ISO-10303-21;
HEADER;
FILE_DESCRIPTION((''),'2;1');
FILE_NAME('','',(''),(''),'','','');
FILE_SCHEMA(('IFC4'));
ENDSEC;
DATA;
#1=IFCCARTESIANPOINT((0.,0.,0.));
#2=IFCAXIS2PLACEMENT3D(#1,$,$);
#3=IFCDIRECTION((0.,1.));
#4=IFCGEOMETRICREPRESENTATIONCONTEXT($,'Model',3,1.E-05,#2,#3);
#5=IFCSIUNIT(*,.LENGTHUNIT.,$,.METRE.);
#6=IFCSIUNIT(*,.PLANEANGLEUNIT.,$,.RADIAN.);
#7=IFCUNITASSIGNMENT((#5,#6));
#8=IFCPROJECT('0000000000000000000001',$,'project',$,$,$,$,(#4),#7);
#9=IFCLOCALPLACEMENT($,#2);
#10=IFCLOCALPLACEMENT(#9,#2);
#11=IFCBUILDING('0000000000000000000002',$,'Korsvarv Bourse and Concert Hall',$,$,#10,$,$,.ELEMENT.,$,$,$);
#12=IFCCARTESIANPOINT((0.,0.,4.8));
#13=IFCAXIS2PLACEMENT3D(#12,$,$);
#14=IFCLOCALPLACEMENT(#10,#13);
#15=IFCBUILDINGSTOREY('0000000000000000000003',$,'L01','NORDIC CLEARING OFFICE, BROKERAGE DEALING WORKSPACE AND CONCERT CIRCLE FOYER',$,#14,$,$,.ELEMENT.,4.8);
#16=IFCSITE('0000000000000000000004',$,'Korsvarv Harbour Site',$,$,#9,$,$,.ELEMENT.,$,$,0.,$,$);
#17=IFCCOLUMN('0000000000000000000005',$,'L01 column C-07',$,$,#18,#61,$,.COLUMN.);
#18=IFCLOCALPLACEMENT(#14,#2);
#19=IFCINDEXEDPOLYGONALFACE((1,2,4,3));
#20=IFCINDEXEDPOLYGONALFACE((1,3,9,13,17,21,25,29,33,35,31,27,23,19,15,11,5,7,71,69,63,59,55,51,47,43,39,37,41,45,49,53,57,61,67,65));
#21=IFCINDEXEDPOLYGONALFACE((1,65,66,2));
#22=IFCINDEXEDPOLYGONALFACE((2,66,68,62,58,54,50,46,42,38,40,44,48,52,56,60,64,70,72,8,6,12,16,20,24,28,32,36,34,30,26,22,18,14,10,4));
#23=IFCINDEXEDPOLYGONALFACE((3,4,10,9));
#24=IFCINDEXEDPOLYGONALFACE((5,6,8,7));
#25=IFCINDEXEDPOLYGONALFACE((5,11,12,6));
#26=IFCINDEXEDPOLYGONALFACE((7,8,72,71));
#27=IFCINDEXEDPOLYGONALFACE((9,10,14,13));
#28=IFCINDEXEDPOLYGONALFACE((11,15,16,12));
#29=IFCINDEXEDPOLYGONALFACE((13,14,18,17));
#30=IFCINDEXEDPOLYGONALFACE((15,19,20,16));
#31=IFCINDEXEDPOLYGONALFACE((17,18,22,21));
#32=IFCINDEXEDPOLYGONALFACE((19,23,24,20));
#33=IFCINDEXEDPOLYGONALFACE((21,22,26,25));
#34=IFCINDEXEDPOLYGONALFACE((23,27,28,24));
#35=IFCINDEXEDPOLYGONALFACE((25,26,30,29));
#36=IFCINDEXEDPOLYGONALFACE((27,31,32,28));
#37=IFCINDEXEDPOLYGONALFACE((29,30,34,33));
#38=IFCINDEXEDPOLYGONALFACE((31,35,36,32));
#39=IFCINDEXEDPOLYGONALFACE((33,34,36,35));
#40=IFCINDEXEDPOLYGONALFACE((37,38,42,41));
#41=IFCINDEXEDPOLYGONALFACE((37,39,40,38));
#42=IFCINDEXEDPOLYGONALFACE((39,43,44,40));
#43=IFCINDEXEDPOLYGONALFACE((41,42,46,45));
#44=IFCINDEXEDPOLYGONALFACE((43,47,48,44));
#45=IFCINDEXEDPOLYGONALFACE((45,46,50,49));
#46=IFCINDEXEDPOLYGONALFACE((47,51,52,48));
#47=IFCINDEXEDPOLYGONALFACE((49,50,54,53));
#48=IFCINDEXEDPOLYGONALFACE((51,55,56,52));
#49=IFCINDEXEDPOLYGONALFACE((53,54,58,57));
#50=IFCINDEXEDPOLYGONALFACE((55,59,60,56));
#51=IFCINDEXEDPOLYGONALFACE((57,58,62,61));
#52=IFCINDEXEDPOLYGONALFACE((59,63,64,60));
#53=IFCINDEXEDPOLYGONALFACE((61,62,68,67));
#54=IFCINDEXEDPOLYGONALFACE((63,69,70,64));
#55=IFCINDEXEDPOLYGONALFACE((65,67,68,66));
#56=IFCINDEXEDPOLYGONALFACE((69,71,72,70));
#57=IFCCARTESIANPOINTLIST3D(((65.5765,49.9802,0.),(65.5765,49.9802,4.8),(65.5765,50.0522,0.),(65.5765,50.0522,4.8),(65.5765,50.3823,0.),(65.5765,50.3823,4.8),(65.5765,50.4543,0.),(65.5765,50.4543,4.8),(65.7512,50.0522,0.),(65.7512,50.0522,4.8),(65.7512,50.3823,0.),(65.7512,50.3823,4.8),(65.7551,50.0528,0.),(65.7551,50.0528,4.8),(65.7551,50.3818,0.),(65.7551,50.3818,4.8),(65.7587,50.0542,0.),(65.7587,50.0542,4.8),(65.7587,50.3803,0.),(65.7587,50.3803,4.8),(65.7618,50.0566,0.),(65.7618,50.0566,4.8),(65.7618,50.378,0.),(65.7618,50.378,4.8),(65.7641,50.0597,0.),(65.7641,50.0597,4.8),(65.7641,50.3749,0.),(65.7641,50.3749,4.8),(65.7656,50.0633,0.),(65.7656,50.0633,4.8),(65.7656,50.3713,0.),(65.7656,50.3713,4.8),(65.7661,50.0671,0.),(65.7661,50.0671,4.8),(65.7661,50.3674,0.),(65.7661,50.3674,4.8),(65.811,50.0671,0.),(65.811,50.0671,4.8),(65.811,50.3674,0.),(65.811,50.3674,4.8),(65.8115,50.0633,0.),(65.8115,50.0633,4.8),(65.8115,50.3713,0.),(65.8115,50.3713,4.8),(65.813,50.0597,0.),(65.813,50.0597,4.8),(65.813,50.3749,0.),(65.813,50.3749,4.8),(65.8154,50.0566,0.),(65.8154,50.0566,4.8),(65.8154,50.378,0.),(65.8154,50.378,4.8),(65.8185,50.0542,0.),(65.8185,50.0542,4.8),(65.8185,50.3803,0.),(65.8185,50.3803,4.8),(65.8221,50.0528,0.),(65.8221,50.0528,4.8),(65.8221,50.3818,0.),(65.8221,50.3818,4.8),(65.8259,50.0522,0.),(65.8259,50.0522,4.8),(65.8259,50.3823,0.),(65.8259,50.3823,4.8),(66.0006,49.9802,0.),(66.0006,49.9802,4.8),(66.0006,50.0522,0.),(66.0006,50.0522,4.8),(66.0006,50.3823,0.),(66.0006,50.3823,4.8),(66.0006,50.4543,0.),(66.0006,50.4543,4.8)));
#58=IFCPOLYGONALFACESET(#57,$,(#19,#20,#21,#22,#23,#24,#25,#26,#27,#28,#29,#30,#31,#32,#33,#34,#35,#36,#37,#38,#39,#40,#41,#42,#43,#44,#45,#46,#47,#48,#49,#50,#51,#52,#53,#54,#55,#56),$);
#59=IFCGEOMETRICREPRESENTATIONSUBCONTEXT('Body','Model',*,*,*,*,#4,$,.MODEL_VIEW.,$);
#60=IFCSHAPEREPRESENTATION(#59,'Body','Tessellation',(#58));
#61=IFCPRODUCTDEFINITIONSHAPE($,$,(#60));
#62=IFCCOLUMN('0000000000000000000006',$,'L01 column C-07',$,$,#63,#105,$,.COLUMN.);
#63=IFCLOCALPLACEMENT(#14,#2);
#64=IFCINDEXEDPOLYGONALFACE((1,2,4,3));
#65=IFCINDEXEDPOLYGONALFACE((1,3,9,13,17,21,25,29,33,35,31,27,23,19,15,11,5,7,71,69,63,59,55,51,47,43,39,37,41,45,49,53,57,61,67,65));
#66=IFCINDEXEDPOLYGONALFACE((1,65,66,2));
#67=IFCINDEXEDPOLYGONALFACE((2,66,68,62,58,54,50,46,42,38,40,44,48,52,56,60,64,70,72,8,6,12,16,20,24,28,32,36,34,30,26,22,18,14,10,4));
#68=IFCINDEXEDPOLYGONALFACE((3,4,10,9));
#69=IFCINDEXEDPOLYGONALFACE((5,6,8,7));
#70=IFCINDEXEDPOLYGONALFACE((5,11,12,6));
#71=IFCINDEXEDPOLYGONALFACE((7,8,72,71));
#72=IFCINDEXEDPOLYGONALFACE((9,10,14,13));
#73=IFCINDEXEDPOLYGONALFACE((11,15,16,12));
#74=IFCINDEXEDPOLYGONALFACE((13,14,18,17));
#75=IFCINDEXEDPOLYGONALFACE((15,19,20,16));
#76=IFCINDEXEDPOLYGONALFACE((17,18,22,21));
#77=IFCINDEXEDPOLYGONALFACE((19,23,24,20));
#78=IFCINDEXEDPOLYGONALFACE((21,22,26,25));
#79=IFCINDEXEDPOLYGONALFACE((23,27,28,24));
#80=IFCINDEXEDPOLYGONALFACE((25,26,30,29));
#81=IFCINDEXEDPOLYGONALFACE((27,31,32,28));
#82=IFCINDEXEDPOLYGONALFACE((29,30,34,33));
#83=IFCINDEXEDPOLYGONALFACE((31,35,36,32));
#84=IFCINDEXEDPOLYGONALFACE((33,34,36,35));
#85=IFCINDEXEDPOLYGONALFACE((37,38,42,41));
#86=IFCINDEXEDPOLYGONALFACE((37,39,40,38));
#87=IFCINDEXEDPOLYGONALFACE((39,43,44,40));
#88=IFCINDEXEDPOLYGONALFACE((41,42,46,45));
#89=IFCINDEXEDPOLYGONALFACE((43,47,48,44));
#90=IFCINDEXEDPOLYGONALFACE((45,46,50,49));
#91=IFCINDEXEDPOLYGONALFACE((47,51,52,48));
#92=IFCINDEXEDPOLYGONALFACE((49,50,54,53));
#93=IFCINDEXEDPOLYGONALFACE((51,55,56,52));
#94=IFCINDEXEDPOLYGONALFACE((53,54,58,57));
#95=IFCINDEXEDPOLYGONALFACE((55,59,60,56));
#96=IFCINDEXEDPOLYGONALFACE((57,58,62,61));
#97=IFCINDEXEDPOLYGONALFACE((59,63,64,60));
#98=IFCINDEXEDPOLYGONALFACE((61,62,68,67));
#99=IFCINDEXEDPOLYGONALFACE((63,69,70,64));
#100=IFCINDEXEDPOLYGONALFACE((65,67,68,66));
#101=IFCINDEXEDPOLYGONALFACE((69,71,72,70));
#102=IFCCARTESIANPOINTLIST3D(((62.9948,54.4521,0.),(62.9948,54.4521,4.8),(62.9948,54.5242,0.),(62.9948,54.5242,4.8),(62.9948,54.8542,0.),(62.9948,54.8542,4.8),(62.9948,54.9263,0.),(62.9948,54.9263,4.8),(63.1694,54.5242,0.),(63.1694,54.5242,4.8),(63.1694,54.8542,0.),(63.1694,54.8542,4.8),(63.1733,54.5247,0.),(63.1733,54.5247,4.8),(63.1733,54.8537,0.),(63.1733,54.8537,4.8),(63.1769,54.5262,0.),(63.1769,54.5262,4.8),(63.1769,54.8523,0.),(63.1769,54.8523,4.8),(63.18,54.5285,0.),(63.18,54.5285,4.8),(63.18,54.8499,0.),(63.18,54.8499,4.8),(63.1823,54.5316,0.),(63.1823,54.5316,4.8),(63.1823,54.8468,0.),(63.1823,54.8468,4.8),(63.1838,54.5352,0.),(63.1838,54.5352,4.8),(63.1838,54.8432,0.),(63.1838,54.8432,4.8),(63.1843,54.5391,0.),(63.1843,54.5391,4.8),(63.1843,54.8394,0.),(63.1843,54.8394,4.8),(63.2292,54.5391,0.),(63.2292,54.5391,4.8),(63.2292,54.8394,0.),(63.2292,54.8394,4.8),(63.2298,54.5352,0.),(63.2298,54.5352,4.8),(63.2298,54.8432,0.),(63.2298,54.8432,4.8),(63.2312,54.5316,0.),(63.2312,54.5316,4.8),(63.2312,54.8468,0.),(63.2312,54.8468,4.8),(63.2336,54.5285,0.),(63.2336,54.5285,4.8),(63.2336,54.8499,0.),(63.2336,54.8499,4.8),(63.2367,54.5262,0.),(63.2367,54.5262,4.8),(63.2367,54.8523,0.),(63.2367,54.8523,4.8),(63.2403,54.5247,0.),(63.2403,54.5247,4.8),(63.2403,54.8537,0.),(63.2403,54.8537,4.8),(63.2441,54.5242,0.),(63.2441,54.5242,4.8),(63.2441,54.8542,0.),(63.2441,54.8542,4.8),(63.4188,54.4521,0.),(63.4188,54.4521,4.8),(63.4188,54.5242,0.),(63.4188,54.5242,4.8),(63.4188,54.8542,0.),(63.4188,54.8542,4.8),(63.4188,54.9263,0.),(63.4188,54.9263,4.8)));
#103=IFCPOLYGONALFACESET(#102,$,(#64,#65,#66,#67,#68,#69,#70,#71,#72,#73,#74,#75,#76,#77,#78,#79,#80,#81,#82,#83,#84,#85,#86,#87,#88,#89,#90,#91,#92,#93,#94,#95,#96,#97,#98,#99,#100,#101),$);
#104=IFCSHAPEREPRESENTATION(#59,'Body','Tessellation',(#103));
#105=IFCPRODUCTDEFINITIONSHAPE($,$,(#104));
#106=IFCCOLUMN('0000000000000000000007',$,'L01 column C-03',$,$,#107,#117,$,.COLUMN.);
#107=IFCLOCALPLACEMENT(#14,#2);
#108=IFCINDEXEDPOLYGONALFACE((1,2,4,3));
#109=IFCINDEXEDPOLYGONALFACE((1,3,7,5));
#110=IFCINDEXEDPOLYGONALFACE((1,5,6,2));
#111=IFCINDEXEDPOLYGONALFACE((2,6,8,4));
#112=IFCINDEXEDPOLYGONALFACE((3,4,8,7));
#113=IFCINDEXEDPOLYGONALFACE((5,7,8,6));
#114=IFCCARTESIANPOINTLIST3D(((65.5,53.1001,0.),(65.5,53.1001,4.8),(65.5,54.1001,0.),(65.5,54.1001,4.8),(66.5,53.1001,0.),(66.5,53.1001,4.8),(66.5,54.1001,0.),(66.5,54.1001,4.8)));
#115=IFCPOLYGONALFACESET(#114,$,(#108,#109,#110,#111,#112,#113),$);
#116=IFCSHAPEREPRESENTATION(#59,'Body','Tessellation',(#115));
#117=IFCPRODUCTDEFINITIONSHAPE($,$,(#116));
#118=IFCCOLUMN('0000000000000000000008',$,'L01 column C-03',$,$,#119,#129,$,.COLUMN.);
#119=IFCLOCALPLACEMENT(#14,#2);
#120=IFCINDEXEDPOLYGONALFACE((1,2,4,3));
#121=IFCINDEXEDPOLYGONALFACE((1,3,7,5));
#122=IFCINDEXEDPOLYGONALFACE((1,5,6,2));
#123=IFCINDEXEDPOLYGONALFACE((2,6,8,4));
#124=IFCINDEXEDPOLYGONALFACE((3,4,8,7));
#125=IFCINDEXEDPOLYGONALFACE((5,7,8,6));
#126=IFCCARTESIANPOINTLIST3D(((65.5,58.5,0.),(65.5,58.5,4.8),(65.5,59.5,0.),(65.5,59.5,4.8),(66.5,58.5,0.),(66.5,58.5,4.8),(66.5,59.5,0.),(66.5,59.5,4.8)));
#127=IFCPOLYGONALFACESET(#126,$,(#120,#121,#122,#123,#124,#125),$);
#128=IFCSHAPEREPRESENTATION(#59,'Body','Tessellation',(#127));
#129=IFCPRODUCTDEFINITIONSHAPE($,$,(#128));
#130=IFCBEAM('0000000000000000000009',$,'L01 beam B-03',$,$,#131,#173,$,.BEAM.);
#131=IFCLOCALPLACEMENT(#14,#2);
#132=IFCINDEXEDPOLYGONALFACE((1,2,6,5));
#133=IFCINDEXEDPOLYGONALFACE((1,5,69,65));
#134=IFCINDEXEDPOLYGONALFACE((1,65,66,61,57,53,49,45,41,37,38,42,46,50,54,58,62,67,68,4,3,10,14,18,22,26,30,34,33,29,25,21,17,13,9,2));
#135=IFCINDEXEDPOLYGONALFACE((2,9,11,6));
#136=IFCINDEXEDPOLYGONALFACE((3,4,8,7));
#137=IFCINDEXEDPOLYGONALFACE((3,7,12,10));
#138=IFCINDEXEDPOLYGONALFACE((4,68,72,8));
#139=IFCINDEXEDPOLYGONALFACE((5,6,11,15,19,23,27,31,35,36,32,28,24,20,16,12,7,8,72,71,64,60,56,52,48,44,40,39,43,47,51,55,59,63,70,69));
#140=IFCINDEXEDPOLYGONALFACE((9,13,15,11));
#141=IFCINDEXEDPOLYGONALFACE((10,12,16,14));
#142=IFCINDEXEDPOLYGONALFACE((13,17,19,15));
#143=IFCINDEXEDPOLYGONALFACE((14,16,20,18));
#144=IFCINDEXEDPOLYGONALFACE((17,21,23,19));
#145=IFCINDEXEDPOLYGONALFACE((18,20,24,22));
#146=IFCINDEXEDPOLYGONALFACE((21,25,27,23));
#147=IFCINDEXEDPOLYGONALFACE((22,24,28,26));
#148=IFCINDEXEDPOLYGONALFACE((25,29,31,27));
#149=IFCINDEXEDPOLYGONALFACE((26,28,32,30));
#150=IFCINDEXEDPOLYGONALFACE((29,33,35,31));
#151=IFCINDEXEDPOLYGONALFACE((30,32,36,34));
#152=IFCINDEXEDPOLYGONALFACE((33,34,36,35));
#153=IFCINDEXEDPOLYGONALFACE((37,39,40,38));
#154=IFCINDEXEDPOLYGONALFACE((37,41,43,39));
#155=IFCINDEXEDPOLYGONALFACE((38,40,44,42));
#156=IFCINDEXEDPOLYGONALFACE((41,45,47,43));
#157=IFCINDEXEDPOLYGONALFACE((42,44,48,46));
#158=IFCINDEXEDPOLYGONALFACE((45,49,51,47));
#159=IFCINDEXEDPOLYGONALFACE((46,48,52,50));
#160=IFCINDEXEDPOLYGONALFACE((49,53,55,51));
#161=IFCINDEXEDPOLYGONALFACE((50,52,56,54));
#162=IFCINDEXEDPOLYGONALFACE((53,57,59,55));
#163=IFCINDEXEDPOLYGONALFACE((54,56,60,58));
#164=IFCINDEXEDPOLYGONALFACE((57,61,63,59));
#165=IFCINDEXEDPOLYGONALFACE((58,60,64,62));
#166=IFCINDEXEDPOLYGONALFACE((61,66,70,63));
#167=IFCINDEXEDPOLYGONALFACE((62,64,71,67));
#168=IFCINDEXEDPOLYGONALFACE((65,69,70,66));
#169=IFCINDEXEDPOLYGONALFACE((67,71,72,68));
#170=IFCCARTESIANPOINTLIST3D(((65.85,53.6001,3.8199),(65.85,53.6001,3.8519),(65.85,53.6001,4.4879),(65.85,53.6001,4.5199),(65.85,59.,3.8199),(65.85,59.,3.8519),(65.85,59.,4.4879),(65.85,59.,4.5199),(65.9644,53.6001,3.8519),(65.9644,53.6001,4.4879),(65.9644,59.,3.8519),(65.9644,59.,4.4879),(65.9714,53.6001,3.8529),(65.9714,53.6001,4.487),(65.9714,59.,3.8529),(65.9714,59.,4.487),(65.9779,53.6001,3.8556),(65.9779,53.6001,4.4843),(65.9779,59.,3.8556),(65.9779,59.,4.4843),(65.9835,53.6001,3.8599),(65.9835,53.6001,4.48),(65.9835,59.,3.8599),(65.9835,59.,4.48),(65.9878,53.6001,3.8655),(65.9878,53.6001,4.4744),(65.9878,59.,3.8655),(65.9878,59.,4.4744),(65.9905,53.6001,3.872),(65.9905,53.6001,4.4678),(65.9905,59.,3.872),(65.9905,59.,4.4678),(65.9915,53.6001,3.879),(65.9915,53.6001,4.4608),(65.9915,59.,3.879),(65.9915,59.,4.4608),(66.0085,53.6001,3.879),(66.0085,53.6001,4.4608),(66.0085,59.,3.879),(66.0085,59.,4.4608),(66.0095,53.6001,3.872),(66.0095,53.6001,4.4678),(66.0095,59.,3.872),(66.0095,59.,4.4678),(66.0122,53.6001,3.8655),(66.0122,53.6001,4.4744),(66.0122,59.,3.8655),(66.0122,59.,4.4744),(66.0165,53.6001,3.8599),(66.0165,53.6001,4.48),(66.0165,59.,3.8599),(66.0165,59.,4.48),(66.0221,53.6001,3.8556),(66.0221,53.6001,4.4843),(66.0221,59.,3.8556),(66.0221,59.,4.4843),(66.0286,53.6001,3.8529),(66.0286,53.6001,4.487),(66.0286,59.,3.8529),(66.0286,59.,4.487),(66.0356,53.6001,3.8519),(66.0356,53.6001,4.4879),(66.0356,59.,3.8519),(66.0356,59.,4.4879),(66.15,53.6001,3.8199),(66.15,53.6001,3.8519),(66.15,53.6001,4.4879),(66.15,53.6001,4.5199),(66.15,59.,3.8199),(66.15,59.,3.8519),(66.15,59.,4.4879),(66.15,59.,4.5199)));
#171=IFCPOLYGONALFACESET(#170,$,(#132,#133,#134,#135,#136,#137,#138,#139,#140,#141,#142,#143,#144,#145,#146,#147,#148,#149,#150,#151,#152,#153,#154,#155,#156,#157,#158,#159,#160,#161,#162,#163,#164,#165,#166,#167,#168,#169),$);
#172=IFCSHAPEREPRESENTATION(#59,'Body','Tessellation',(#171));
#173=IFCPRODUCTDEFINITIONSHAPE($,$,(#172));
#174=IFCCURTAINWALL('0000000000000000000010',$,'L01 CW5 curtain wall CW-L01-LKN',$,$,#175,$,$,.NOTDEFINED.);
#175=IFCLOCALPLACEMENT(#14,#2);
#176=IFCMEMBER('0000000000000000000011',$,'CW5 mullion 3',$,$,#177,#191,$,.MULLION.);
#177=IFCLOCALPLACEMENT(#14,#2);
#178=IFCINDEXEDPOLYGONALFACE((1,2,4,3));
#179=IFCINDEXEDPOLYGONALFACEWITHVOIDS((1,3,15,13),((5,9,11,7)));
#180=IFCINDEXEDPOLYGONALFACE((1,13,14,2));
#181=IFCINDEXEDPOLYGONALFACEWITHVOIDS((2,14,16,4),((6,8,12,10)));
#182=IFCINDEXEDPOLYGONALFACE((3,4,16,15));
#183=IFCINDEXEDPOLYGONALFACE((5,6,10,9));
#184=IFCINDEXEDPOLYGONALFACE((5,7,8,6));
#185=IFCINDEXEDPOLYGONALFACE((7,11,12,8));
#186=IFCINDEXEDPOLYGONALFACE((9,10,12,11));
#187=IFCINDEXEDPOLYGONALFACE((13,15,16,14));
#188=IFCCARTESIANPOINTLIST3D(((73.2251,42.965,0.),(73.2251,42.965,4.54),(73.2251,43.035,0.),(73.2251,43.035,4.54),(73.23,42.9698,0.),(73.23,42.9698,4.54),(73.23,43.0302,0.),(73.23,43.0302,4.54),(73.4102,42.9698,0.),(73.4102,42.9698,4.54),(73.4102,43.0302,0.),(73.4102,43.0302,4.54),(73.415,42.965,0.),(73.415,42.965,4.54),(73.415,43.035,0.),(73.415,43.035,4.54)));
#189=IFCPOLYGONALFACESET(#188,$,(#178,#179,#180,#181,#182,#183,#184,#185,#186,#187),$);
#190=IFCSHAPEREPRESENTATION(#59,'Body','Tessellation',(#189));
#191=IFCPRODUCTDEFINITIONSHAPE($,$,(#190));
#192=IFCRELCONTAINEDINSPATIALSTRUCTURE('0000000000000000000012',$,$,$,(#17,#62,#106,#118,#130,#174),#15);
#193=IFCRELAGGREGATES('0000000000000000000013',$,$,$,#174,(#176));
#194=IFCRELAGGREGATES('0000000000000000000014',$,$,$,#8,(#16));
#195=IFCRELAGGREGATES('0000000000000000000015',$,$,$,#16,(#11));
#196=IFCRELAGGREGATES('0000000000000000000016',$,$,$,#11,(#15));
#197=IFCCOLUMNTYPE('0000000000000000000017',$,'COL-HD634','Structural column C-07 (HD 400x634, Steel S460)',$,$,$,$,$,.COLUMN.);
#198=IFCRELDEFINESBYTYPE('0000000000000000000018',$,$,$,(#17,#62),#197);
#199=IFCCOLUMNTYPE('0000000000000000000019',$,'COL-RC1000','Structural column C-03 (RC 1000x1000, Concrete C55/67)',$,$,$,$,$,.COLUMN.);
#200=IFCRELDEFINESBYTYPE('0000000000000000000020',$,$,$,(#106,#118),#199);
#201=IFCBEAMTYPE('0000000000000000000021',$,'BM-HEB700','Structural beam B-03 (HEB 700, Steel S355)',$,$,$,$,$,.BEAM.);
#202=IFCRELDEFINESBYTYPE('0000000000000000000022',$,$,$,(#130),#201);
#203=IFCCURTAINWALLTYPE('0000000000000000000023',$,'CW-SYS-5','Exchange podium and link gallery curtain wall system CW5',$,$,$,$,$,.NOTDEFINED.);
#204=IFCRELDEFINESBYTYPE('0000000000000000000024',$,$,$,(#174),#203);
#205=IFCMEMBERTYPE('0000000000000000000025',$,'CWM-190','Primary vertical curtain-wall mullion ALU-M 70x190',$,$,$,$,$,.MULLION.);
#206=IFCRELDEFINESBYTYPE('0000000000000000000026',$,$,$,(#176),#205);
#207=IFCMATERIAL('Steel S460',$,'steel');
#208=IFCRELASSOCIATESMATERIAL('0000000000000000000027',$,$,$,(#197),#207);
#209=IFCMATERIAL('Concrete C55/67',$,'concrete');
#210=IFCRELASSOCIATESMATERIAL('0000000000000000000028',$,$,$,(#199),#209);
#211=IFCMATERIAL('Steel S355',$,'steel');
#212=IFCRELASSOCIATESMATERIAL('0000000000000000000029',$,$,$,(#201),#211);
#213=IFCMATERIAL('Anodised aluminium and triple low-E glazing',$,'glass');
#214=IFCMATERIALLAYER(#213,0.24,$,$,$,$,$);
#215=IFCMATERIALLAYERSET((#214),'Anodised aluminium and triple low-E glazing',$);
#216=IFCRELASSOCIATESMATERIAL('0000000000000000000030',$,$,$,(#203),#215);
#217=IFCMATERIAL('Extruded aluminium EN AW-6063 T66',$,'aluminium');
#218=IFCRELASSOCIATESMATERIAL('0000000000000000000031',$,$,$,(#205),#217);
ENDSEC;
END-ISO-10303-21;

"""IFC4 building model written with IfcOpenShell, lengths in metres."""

from ifc_helpers import new_model, si_unit, direction, frame, origin, origin_2d, place, context, subcontext, project, spatial, rectangle, hollow_rectangle, i_section, extrude, source, transform, mapped, material, layer, layer_set, material_profile, profile_set, type_object, element, aggregate, save


model = new_model("IFC4")

# Units and contexts
model_context = context("Model", 3, precision=1e-05, world=origin(), true_north=direction((0.0, 1.0)))
body_context = subcontext(model_context, "Body", "Model", "MODEL_VIEW")
ifc_project = project(units=[si_unit("LENGTHUNIT", "METRE"), si_unit("PLANEANGLEUNIT", "RADIAN")], contexts=[model_context])

# Site, building, storey
site_placement = place(None, origin())
site = spatial("IfcSite", under=ifc_project, at=site_placement, Name="Korsvarv Harbour Site", CompositionType="ELEMENT", RefElevation=0.0)
building_placement = place(site_placement, origin())
building = spatial("IfcBuilding", under=site, at=building_placement, Name="Korsvarv Bourse and Concert Hall", CompositionType="ELEMENT")
storey_placement = place(building_placement, frame((0.0, 0.0, 4.8)))
storey = spatial("IfcBuildingStorey", under=building, at=storey_placement, Name="L01", Description="NORDIC CLEARING OFFICE, BROKERAGE DEALING WORKSPACE AND CONCERT CIRCLE FOYER", CompositionType="ELEMENT", Elevation=4.8)

# Columns
ifc_material_1 = material(Name="Steel S460", Category="steel")
ifc_material_profile_1 = material_profile(ifc_material_1, i_section(OverallWidth=0.4241, OverallDepth=0.4741, WebThickness=0.0449, FlangeThickness=0.072, FilletRadius=0.0149, at=origin_2d()), Name="HD 400x634")
ifc_profile_set_1 = profile_set([ifc_material_profile_1], Name="Steel S460")
column_type_1 = type_object("IfcColumnType", Name="COL-HD634", Description="Structural column C-07 (HD 400x634, Steel S460)", PredefinedType="COLUMN", material=ifc_profile_set_1)
shared_shape_1 = source(origin(), body_context, "Body", "SweptSolid", [
    extrude(i_section(OverallWidth=0.4241, OverallDepth=0.4741, WebThickness=0.0449, FlangeThickness=0.072, FilletRadius=0.0149, at=origin_2d()), origin(), (0.0, 0.0, 1.0), 4.8),
])
for number, where, z_axis, x_axis, name in (
    (1, (65.7886, 50.2173, 0.0), (0.0, 0.0, 1.0), (1.0, 0.0, 0.0), "L01 column C-07"),
    (2, (63.2068, 54.6892, 0.0), (0.0, 0.0, 1.0), (1.0, 0.0, 0.0), "L01 column C-07"),
):
    element("IfcColumn", number, at=place(storey_placement, frame(where, z_axis=z_axis, x_axis=x_axis)), inside=storey, type_object=column_type_1, Name=name, PredefinedType="COLUMN", context=body_context, shape_type="MappedRepresentation", body=[
        mapped(shared_shape_1, transform((0.0, 0.0, 0.0), scale=1.0)),
    ])
ifc_material_2 = material(Name="Concrete C55/67", Category="concrete")
ifc_material_profile_2 = material_profile(ifc_material_2, rectangle(XDim=1.0, YDim=1.0, at=origin_2d()), Name="RC 1000x1000")
ifc_profile_set_2 = profile_set([ifc_material_profile_2], Name="Concrete C55/67")
column_type_2 = type_object("IfcColumnType", Name="COL-RC1000", Description="Structural column C-03 (RC 1000x1000, Concrete C55/67)", PredefinedType="COLUMN", material=ifc_profile_set_2)
shared_shape_2 = source(origin(), body_context, "Body", "SweptSolid", [
    extrude(rectangle(XDim=1.0, YDim=1.0, at=origin_2d()), origin(), (0.0, 0.0, 1.0), 4.8),
])
for number, where, z_axis, x_axis, name in (
    (3, (66.0, 53.6001, 0.0), (0.0, 0.0, 1.0), (1.0, 0.0, 0.0), "L01 column C-03"),
    (4, (66.0, 59.0, 0.0), (0.0, 0.0, 1.0), (1.0, 0.0, 0.0), "L01 column C-03"),
):
    element("IfcColumn", number, at=place(storey_placement, frame(where, z_axis=z_axis, x_axis=x_axis)), inside=storey, type_object=column_type_2, Name=name, PredefinedType="COLUMN", context=body_context, shape_type="MappedRepresentation", body=[
        mapped(shared_shape_2, transform((0.0, 0.0, 0.0), scale=1.0)),
    ])

# Beam
ifc_material_3 = material(Name="Steel S355", Category="steel")
ifc_material_profile_3 = material_profile(ifc_material_3, i_section(OverallWidth=0.3, OverallDepth=0.7, WebThickness=0.0171, FlangeThickness=0.032, FilletRadius=0.0271, at=origin_2d()), Name="HEB 700")
ifc_profile_set_3 = profile_set([ifc_material_profile_3], Name="Steel S355")
beam_type = type_object("IfcBeamType", Name="BM-HEB700", Description="Structural beam B-03 (HEB 700, Steel S355)", PredefinedType="BEAM", material=ifc_profile_set_3)
shared_shape_3 = source(origin(), body_context, "Body", "SweptSolid", [
    extrude(i_section(OverallWidth=0.3, OverallDepth=0.7, WebThickness=0.0171, FlangeThickness=0.032, FilletRadius=0.0271, at=origin_2d()), origin(), (0.0, 0.0, 1.0), 5.3999),
])
beam_placement = place(storey_placement, frame((66.0, 53.6001, 4.1699), z_axis=(0.0, 1.0, 0.0), x_axis=(-1.0, 0.0, 0.0)))
element("IfcBeam", 5, at=beam_placement, inside=storey, type_object=beam_type, Name="L01 beam B-03", PredefinedType="BEAM", context=body_context, shape_type="MappedRepresentation", body=[
    mapped(shared_shape_3, transform((0.0, 0.0, 0.0), scale=1.0)),
])

# Curtain wall, member
ifc_material_4 = material(Name="Anodised aluminium and triple low-E glazing", Category="glass")
ifc_layer_1 = layer(ifc_material_4, 0.24)
ifc_layer_set_1 = layer_set([ifc_layer_1], Name="Anodised aluminium and triple low-E glazing")
curtain_wall_type = type_object("IfcCurtainWallType", Name="CW-SYS-5", Description="Exchange podium and link gallery curtain wall system CW5", PredefinedType="NOTDEFINED", material=ifc_layer_set_1)
curtain_wall_placement = place(storey_placement, origin())
curtain_wall = element("IfcCurtainWall", 6, at=curtain_wall_placement, inside=storey, type_object=curtain_wall_type, Name="L01 CW5 curtain wall CW-L01-LKN", PredefinedType="NOTDEFINED")
ifc_material_5 = material(Name="Extruded aluminium EN AW-6063 T66", Category="aluminium")
ifc_material_profile_4 = material_profile(ifc_material_5, hollow_rectangle(XDim=0.0701, YDim=0.1899, WallThickness=0.0049, at=origin_2d()), Name="ALU-M 70x190")
ifc_profile_set_4 = profile_set([ifc_material_profile_4], Name="Extruded aluminium EN AW-6063 T66")
member_type_1 = type_object("IfcMemberType", Name="CWM-190", Description="Primary vertical curtain-wall mullion ALU-M 70x190", PredefinedType="MULLION", material=ifc_profile_set_4)
shared_shape_4 = source(origin(), body_context, "Body", "SweptSolid", [
    extrude(hollow_rectangle(XDim=0.0701, YDim=0.1899, WallThickness=0.0049, at=origin_2d()), origin(), (0.0, 0.0, 1.0), 4.54),
])
member_1_placement = place(storey_placement, frame((73.3201, 43.0, 0.0), z_axis=(0.0, 0.0, 1.0), x_axis=(0.0, 1.0, 0.0)))
member_1 = element("IfcMember", 7, at=member_1_placement, type_object=member_type_1, Name="CW5 mullion 3", PredefinedType="MULLION", context=body_context, shape_type="MappedRepresentation", body=[
    mapped(shared_shape_4, transform((0.0, 0.0, 0.0), scale=1.0)),
])
aggregate(curtain_wall, [member_1])

save(model, "model.ifc")
